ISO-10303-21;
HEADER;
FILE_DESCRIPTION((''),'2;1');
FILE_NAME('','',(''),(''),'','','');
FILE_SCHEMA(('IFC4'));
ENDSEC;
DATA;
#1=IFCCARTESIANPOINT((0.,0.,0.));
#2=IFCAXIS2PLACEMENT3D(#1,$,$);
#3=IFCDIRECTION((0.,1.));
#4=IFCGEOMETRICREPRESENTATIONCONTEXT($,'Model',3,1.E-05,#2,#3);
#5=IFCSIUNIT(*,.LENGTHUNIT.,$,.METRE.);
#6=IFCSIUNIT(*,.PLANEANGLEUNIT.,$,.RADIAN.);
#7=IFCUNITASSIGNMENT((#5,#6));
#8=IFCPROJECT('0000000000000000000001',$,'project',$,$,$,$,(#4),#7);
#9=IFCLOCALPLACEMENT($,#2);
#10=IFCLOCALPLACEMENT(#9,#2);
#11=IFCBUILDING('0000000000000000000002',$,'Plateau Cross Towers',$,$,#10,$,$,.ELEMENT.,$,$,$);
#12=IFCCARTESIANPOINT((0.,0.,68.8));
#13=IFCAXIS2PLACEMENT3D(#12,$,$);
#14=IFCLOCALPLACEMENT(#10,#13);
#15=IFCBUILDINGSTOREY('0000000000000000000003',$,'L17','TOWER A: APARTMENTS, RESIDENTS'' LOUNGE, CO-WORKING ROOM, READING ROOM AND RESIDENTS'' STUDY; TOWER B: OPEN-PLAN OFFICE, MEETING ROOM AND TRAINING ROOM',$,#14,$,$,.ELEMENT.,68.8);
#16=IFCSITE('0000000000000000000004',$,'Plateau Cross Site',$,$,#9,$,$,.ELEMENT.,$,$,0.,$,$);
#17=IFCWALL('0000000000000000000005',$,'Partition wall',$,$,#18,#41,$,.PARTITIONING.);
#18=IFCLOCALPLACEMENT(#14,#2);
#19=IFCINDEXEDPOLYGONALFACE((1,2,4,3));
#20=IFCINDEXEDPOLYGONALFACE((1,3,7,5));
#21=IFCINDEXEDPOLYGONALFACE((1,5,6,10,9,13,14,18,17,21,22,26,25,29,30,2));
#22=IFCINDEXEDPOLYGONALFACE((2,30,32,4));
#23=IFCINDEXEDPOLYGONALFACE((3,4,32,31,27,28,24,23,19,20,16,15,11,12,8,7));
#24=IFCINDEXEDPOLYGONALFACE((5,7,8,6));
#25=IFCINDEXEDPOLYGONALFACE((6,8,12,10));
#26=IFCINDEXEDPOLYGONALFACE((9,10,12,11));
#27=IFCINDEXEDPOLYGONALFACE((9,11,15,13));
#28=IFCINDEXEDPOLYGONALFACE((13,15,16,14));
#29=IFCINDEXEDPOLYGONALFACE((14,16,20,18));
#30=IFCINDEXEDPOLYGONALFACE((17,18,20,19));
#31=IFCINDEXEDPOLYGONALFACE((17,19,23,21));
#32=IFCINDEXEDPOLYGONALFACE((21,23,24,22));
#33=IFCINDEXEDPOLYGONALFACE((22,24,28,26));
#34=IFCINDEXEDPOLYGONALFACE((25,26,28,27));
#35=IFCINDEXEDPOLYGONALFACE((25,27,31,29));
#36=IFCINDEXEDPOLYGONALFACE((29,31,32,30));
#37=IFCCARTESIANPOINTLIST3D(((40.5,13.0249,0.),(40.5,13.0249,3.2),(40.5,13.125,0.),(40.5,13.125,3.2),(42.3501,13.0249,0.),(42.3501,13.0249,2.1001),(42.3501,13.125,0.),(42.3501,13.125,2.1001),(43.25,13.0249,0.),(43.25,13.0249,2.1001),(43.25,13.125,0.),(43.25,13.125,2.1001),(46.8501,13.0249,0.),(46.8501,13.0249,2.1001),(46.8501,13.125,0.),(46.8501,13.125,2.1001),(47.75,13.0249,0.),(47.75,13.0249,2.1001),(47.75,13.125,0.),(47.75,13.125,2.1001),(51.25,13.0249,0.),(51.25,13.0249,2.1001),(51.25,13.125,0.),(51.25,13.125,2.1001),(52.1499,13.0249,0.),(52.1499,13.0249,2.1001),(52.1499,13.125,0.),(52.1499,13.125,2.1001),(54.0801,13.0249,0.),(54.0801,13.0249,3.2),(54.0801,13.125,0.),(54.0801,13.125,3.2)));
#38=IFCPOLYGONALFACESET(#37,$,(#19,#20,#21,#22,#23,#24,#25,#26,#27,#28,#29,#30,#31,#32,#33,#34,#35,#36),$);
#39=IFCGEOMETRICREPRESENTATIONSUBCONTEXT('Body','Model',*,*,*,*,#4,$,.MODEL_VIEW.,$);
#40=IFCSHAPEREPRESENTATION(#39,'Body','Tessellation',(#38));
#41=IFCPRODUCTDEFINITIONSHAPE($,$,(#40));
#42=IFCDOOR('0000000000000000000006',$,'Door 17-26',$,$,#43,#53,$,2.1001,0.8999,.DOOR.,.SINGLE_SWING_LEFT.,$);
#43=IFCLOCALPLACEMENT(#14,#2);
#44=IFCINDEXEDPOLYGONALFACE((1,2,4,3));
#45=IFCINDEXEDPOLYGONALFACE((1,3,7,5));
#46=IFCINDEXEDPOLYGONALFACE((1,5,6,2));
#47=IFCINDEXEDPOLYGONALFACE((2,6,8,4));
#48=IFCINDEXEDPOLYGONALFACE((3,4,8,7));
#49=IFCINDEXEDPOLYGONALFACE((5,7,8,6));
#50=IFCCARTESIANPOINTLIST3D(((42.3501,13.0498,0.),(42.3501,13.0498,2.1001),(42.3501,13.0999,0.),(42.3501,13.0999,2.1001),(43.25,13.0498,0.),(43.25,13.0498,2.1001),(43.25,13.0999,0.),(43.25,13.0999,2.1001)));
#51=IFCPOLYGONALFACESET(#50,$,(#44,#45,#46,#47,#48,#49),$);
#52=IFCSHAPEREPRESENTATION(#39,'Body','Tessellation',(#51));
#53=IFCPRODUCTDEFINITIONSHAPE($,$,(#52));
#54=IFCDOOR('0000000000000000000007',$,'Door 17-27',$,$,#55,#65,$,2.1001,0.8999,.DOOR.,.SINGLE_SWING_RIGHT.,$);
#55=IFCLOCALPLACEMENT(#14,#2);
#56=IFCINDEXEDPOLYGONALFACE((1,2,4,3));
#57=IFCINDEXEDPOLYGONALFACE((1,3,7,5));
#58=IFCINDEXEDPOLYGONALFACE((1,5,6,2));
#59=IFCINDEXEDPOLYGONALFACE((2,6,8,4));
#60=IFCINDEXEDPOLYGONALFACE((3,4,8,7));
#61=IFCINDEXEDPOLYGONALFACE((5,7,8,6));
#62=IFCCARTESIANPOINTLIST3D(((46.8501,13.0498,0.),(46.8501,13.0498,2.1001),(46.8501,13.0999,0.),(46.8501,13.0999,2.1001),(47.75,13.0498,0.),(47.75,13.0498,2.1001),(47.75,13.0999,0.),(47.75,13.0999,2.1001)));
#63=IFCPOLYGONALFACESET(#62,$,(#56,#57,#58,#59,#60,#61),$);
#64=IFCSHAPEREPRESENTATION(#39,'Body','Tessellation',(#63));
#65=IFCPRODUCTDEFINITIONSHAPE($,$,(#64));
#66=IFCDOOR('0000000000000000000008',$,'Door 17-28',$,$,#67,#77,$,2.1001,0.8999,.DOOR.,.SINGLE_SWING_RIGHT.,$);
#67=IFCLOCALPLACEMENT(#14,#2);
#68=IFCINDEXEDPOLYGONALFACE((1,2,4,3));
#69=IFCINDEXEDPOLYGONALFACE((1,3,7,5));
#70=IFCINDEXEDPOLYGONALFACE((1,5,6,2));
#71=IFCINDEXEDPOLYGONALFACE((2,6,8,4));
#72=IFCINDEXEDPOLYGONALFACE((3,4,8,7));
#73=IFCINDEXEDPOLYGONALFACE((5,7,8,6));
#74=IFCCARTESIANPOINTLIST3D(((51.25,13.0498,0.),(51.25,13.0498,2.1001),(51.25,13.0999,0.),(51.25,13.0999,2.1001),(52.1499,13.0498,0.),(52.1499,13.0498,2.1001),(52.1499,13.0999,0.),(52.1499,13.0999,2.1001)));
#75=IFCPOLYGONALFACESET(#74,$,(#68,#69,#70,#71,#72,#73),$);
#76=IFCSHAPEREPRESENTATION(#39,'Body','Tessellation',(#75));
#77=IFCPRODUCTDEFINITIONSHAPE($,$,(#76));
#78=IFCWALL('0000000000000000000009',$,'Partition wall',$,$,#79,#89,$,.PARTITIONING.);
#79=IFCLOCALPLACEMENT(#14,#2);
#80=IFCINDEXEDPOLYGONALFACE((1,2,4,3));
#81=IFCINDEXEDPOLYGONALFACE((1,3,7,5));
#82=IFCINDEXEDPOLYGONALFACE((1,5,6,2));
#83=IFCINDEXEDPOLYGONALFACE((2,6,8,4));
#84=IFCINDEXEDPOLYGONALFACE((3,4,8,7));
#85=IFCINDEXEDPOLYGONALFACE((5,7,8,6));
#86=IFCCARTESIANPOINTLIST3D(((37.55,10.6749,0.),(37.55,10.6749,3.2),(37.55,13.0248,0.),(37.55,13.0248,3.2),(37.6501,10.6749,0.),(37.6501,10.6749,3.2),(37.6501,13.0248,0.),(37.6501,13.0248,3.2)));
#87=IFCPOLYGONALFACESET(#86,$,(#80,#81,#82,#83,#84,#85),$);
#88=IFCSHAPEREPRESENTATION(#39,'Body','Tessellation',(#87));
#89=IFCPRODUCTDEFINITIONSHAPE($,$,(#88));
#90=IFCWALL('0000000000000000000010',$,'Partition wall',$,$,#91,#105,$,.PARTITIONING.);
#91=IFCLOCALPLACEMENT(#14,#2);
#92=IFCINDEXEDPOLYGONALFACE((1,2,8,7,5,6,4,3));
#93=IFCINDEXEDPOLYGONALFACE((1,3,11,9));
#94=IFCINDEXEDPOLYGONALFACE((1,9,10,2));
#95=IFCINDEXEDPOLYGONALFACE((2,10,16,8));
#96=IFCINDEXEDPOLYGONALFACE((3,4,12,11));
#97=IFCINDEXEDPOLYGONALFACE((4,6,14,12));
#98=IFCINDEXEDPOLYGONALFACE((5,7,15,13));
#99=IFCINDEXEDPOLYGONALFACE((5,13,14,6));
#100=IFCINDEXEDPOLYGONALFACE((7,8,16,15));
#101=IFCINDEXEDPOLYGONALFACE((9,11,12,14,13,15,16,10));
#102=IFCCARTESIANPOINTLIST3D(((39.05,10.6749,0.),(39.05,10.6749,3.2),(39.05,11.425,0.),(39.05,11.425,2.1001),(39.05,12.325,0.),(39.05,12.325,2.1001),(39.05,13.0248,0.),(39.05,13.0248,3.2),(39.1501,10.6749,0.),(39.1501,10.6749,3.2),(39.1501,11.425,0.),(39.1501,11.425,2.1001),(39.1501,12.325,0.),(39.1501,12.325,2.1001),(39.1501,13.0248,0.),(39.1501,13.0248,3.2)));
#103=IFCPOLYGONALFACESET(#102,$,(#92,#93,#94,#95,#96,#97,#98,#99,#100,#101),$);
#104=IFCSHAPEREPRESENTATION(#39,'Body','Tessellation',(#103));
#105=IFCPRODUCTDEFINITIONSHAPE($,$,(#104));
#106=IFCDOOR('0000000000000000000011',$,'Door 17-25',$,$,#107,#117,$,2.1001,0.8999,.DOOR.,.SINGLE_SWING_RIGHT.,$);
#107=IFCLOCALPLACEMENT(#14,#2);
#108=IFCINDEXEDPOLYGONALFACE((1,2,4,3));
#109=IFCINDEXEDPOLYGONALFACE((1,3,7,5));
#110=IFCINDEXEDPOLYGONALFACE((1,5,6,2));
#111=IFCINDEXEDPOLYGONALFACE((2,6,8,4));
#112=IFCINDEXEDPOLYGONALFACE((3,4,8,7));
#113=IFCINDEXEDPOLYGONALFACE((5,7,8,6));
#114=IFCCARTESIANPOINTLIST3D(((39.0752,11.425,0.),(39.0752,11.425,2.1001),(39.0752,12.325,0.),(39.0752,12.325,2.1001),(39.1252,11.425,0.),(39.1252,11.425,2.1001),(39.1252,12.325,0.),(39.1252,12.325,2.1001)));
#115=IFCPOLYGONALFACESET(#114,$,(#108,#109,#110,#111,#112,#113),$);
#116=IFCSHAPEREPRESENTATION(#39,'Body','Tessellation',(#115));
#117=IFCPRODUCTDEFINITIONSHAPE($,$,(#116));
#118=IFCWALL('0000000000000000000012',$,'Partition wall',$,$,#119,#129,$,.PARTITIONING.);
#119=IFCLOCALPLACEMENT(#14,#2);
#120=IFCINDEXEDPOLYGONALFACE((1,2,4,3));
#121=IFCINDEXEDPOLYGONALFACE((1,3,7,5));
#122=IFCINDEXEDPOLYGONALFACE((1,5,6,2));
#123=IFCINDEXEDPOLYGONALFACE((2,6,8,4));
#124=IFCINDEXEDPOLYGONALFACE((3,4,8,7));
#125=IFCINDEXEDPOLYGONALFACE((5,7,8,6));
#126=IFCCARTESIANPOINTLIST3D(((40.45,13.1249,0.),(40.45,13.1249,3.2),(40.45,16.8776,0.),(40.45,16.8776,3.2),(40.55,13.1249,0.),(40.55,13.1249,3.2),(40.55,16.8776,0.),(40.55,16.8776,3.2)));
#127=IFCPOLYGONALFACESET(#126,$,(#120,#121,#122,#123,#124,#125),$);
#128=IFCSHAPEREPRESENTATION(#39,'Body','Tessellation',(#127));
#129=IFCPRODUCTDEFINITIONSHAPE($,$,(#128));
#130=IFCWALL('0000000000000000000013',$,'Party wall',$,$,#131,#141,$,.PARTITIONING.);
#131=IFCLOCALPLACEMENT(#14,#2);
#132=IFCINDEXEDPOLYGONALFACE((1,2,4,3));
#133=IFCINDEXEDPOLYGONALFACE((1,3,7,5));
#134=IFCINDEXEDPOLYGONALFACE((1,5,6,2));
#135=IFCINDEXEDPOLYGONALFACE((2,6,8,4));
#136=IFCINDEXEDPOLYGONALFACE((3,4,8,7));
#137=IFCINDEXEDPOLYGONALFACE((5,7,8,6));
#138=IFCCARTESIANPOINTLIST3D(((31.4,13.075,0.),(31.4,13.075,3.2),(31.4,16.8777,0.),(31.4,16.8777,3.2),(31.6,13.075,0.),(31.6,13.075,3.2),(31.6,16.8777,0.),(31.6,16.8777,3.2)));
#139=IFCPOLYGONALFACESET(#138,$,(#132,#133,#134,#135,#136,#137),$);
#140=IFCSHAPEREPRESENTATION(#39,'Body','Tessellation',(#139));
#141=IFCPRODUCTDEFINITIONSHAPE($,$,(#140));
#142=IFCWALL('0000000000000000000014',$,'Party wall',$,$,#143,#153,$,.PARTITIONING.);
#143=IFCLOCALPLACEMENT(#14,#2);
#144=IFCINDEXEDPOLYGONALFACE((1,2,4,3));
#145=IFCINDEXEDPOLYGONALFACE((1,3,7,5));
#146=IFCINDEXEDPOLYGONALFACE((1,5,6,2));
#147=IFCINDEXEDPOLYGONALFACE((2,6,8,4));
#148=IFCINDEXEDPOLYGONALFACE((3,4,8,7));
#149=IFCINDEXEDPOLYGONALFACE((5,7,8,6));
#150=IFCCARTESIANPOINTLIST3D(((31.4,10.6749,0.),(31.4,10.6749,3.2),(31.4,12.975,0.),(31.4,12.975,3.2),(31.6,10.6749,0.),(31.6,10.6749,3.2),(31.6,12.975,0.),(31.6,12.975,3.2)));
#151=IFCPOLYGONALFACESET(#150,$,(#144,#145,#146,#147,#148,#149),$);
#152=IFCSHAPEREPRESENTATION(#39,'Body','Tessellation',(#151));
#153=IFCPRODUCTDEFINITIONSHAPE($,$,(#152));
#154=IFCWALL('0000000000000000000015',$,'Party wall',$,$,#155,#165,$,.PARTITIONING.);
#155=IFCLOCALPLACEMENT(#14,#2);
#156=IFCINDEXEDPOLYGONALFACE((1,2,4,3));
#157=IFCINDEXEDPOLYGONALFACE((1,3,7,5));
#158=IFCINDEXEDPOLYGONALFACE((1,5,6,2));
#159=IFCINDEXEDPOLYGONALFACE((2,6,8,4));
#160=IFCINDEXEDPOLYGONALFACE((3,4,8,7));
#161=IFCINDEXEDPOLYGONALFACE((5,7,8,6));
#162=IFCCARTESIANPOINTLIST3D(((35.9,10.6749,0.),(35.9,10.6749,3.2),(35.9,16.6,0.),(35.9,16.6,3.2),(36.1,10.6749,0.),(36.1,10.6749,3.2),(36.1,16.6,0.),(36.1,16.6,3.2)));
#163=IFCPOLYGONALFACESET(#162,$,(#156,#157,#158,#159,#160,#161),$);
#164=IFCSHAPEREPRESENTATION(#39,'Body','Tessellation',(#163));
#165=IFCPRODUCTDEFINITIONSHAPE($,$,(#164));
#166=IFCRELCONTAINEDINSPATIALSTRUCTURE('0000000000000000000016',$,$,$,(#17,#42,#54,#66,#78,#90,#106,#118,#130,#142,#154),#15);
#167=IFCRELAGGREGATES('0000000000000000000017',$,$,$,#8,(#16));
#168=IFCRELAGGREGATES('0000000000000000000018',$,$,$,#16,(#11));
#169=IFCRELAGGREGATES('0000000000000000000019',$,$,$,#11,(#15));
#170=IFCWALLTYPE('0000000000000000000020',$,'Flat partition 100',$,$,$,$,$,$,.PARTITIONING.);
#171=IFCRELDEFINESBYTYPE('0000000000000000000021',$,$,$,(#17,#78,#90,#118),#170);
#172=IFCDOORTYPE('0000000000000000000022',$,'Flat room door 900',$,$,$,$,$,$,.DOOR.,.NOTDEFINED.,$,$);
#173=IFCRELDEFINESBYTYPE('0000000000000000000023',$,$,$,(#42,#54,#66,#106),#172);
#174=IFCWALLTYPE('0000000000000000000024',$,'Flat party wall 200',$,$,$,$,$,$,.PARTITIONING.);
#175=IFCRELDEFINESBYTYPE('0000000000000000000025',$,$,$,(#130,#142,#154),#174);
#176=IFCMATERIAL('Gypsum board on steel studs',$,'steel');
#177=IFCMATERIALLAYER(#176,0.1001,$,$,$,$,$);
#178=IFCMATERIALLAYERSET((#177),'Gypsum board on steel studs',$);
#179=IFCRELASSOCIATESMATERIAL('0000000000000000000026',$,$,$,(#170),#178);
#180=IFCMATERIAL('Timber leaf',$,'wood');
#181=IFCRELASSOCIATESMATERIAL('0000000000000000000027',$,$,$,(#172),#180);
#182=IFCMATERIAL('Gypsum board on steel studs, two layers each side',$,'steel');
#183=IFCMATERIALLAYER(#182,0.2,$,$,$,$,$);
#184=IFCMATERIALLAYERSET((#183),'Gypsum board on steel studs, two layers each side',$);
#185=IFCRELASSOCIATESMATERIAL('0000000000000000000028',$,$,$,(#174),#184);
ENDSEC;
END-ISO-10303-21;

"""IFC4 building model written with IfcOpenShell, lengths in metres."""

from ifc_helpers import new_model, si_unit, direction, frame, frame_2d, origin, place, context, subcontext, project, spatial, rectangle, extrude, material, layer, layer_set, type_object, element, fill, save


model = new_model("IFC4")

# Units and contexts
model_context = context("Model", 3, precision=1e-05, world=origin(), true_north=direction((0.0, 1.0)))
body_context = subcontext(model_context, "Body", "Model", "MODEL_VIEW")
ifc_project = project(units=[si_unit("LENGTHUNIT", "METRE"), si_unit("PLANEANGLEUNIT", "RADIAN")], contexts=[model_context])

# Site, building, storey
site_placement = place(None, origin())
site = spatial("IfcSite", under=ifc_project, at=site_placement, Name="Plateau Cross Site", CompositionType="ELEMENT", RefElevation=0.0)
building_placement = place(site_placement, origin())
building = spatial("IfcBuilding", under=site, at=building_placement, Name="Plateau Cross Towers", CompositionType="ELEMENT")
storey_placement = place(building_placement, frame((0.0, 0.0, 68.8)))
storey = spatial("IfcBuildingStorey", under=building, at=storey_placement, Name="L17", Description="TOWER A: APARTMENTS, RESIDENTS' LOUNGE, CO-WORKING ROOM, READING ROOM AND RESIDENTS' STUDY; TOWER B: OPEN-PLAN OFFICE, MEETING ROOM AND TRAINING ROOM", CompositionType="ELEMENT", Elevation=68.8)

# Shared definitions
ifc_material_1 = material(Name="Gypsum board on steel studs", Category="steel")
ifc_layer_1 = layer(ifc_material_1, 0.1001)
ifc_layer_set_1 = layer_set([ifc_layer_1], Name="Gypsum board on steel studs")
wall_type_1 = type_object("IfcWallType", Name="Flat partition 100", PredefinedType="PARTITIONING", material=ifc_layer_set_1)
ifc_material_2 = material(Name="Timber leaf", Category="wood")
door_type = type_object("IfcDoorType", Name="Flat room door 900", OperationType="NOTDEFINED", PredefinedType="DOOR", material=ifc_material_2)

# Wall, openings, doors
wall_1_placement = place(storey_placement, frame((40.5, 13.075, 0.0), z_axis=(0.0, 0.0, 1.0), x_axis=(1.0, 0.0, 0.0)))
wall_1 = element("IfcWall", 1, at=wall_1_placement, inside=storey, type_object=wall_type_1, Name="Partition wall", PredefinedType="PARTITIONING", context=body_context, shape_type="SweptSolid", body=[
    extrude(rectangle(XDim=13.5801, YDim=0.1001, at=frame_2d((6.79, 0.0))), origin(), (0.0, 0.0, 1.0), 3.2),
])
opening_1_placement = place(wall_1_placement, frame((1.8501, 0.0, 0.0)))
opening_1 = element("IfcOpeningElement", 2, at=opening_1_placement, cuts=wall_1, PredefinedType="OPENING", context=body_context, shape_type="SweptSolid", body=[
    extrude(rectangle(XDim=0.8999, YDim=2.1001, at=frame_2d((0.45, 1.05))), frame((0.0, 0.0601, 0.0), z_axis=(0.0, -1.0, 0.0), x_axis=(1.0, 0.0, 0.0)), (0.0, 0.0, 1.0), 0.1201),
])
opening_2_placement = place(wall_1_placement, frame((6.3501, 0.0, 0.0)))
opening_2 = element("IfcOpeningElement", 3, at=opening_2_placement, cuts=wall_1, PredefinedType="OPENING", context=body_context, shape_type="SweptSolid", body=[
    extrude(rectangle(XDim=0.8999, YDim=2.1001, at=frame_2d((0.45, 1.05))), frame((0.0, 0.0601, 0.0), z_axis=(0.0, -1.0, 0.0), x_axis=(1.0, 0.0, 0.0)), (0.0, 0.0, 1.0), 0.1201),
])
opening_3_placement = place(wall_1_placement, frame((10.75, 0.0, 0.0)))
opening_3 = element("IfcOpeningElement", 4, at=opening_3_placement, cuts=wall_1, PredefinedType="OPENING", context=body_context, shape_type="SweptSolid", body=[
    extrude(rectangle(XDim=0.8999, YDim=2.1001, at=frame_2d((0.45, 1.05))), frame((0.0, 0.0601, 0.0), z_axis=(0.0, -1.0, 0.0), x_axis=(1.0, 0.0, 0.0)), (0.0, 0.0, 1.0), 0.1201),
])
door_1_placement = place(opening_1_placement, origin())
door_1 = element("IfcDoor", 5, at=door_1_placement, inside=storey, type_object=door_type, Name="Door 17-26", OperationType="SINGLE_SWING_LEFT", OverallHeight=2.1001, OverallWidth=0.8999, PredefinedType="DOOR", context=body_context, shape_type="SweptSolid", body=[
    extrude(rectangle(XDim=0.8999, YDim=2.1001, at=frame_2d((0.45, 1.05))), frame((0.0, 0.0249, 0.0), z_axis=(0.0, -1.0, 0.0), x_axis=(1.0, 0.0, 0.0)), (0.0, 0.0, 1.0), 0.05),
])
fill(opening_1, door_1)
door_2_placement = place(opening_2_placement, origin())
door_2 = element("IfcDoor", 6, at=door_2_placement, inside=storey, type_object=door_type, Name="Door 17-27", OperationType="SINGLE_SWING_RIGHT", OverallHeight=2.1001, OverallWidth=0.8999, PredefinedType="DOOR", context=body_context, shape_type="SweptSolid", body=[
    extrude(rectangle(XDim=0.8999, YDim=2.1001, at=frame_2d((0.45, 1.05))), frame((0.0, 0.0249, 0.0), z_axis=(0.0, -1.0, 0.0), x_axis=(1.0, 0.0, 0.0)), (0.0, 0.0, 1.0), 0.05),
])
fill(opening_2, door_2)
door_3_placement = place(opening_3_placement, origin())
door_3 = element("IfcDoor", 7, at=door_3_placement, inside=storey, type_object=door_type, Name="Door 17-28", OperationType="SINGLE_SWING_RIGHT", OverallHeight=2.1001, OverallWidth=0.8999, PredefinedType="DOOR", context=body_context, shape_type="SweptSolid", body=[
    extrude(rectangle(XDim=0.8999, YDim=2.1001, at=frame_2d((0.45, 1.05))), frame((0.0, 0.0249, 0.0), z_axis=(0.0, -1.0, 0.0), x_axis=(1.0, 0.0, 0.0)), (0.0, 0.0, 1.0), 0.05),
])
fill(opening_3, door_3)

# Wall
wall_2_placement = place(storey_placement, frame((37.6001, 10.675, 0.0), z_axis=(0.0, 0.0, 1.0), x_axis=(0.0, 1.0, 0.0)))
element("IfcWall", 8, at=wall_2_placement, inside=storey, type_object=wall_type_1, Name="Partition wall", PredefinedType="PARTITIONING", context=body_context, shape_type="SweptSolid", body=[
    extrude(rectangle(XDim=2.3499, YDim=0.1001, at=frame_2d((1.1748, 0.0))), origin(), (0.0, 0.0, 1.0), 3.2),
])

# Wall, opening, door
wall_3_placement = place(storey_placement, frame((39.1001, 10.675, 0.0), z_axis=(0.0, 0.0, 1.0), x_axis=(0.0, 1.0, 0.0)))
wall_3 = element("IfcWall", 9, at=wall_3_placement, inside=storey, type_object=wall_type_1, Name="Partition wall", PredefinedType="PARTITIONING", context=body_context, shape_type="SweptSolid", body=[
    extrude(rectangle(XDim=2.3499, YDim=0.1001, at=frame_2d((1.1748, 0.0))), origin(), (0.0, 0.0, 1.0), 3.2),
])
opening_4_placement = place(wall_3_placement, frame((0.75, 0.0, 0.0)))
opening_4 = element("IfcOpeningElement", 10, at=opening_4_placement, cuts=wall_3, PredefinedType="OPENING", context=body_context, shape_type="SweptSolid", body=[
    extrude(rectangle(XDim=0.8999, YDim=2.1001, at=frame_2d((0.45, 1.05))), frame((0.0, 0.0601, 0.0), z_axis=(0.0, -1.0, 0.0), x_axis=(1.0, 0.0, 0.0)), (0.0, 0.0, 1.0), 0.1201),
])
door_4_placement = place(opening_4_placement, origin())
door_4 = element("IfcDoor", 11, at=door_4_placement, inside=storey, type_object=door_type, Name="Door 17-25", OperationType="SINGLE_SWING_RIGHT", OverallHeight=2.1001, OverallWidth=0.8999, PredefinedType="DOOR", context=body_context, shape_type="SweptSolid", body=[
    extrude(rectangle(XDim=0.8999, YDim=2.1001, at=frame_2d((0.45, 1.05))), frame((0.0, 0.0249, 0.0), z_axis=(0.0, -1.0, 0.0), x_axis=(1.0, 0.0, 0.0)), (0.0, 0.0, 1.0), 0.05),
])
fill(opening_4, door_4)

# Walls
wall_4_placement = place(storey_placement, frame((40.5, 16.8777, 0.0), z_axis=(0.0, 0.0, 1.0), x_axis=(0.0, -1.0, 0.0)))
element("IfcWall", 12, at=wall_4_placement, inside=storey, type_object=wall_type_1, Name="Partition wall", PredefinedType="PARTITIONING", context=body_context, shape_type="SweptSolid", body=[
    extrude(rectangle(XDim=3.7527, YDim=0.1001, at=frame_2d((1.8765, 0.0))), origin(), (0.0, 0.0, 1.0), 3.2),
])
ifc_material_3 = material(Name="Gypsum board on steel studs, two layers each side", Category="steel")
ifc_layer_2 = layer(ifc_material_3, 0.2)
ifc_layer_set_2 = layer_set([ifc_layer_2], Name="Gypsum board on steel studs, two layers each side")
wall_type_2 = type_object("IfcWallType", Name="Flat party wall 200", PredefinedType="PARTITIONING", material=ifc_layer_set_2)
wall_5_placement = place(storey_placement, frame((31.5, 16.8777, 0.0), z_axis=(0.0, 0.0, 1.0), x_axis=(0.0, -1.0, 0.0)))
element("IfcWall", 13, at=wall_5_placement, inside=storey, type_object=wall_type_2, Name="Party wall", PredefinedType="PARTITIONING", context=body_context, shape_type="SweptSolid", body=[
    extrude(rectangle(XDim=3.8027, YDim=0.2, at=frame_2d((1.9014, 0.0))), origin(), (0.0, 0.0, 1.0), 3.2),
])
wall_6_placement = place(storey_placement, frame((31.5, 10.675, 0.0), z_axis=(0.0, 0.0, 1.0), x_axis=(0.0, 1.0, 0.0)))
element("IfcWall", 14, at=wall_6_placement, inside=storey, type_object=wall_type_2, Name="Party wall", PredefinedType="PARTITIONING", context=body_context, shape_type="SweptSolid", body=[
    extrude(rectangle(XDim=2.3, YDim=0.2, at=frame_2d((1.1499, 0.0))), origin(), (0.0, 0.0, 1.0), 3.2),
])
wall_7_placement = place(storey_placement, frame((36.0, 10.675, 0.0), z_axis=(0.0, 0.0, 1.0), x_axis=(0.0, 1.0, 0.0)))
element("IfcWall", 15, at=wall_7_placement, inside=storey, type_object=wall_type_2, Name="Party wall", PredefinedType="PARTITIONING", context=body_context, shape_type="SweptSolid", body=[
    extrude(rectangle(XDim=5.925, YDim=0.2, at=frame_2d((2.9624, 0.0))), origin(), (0.0, 0.0, 1.0), 3.2),
])

save(model, "model.ifc")
